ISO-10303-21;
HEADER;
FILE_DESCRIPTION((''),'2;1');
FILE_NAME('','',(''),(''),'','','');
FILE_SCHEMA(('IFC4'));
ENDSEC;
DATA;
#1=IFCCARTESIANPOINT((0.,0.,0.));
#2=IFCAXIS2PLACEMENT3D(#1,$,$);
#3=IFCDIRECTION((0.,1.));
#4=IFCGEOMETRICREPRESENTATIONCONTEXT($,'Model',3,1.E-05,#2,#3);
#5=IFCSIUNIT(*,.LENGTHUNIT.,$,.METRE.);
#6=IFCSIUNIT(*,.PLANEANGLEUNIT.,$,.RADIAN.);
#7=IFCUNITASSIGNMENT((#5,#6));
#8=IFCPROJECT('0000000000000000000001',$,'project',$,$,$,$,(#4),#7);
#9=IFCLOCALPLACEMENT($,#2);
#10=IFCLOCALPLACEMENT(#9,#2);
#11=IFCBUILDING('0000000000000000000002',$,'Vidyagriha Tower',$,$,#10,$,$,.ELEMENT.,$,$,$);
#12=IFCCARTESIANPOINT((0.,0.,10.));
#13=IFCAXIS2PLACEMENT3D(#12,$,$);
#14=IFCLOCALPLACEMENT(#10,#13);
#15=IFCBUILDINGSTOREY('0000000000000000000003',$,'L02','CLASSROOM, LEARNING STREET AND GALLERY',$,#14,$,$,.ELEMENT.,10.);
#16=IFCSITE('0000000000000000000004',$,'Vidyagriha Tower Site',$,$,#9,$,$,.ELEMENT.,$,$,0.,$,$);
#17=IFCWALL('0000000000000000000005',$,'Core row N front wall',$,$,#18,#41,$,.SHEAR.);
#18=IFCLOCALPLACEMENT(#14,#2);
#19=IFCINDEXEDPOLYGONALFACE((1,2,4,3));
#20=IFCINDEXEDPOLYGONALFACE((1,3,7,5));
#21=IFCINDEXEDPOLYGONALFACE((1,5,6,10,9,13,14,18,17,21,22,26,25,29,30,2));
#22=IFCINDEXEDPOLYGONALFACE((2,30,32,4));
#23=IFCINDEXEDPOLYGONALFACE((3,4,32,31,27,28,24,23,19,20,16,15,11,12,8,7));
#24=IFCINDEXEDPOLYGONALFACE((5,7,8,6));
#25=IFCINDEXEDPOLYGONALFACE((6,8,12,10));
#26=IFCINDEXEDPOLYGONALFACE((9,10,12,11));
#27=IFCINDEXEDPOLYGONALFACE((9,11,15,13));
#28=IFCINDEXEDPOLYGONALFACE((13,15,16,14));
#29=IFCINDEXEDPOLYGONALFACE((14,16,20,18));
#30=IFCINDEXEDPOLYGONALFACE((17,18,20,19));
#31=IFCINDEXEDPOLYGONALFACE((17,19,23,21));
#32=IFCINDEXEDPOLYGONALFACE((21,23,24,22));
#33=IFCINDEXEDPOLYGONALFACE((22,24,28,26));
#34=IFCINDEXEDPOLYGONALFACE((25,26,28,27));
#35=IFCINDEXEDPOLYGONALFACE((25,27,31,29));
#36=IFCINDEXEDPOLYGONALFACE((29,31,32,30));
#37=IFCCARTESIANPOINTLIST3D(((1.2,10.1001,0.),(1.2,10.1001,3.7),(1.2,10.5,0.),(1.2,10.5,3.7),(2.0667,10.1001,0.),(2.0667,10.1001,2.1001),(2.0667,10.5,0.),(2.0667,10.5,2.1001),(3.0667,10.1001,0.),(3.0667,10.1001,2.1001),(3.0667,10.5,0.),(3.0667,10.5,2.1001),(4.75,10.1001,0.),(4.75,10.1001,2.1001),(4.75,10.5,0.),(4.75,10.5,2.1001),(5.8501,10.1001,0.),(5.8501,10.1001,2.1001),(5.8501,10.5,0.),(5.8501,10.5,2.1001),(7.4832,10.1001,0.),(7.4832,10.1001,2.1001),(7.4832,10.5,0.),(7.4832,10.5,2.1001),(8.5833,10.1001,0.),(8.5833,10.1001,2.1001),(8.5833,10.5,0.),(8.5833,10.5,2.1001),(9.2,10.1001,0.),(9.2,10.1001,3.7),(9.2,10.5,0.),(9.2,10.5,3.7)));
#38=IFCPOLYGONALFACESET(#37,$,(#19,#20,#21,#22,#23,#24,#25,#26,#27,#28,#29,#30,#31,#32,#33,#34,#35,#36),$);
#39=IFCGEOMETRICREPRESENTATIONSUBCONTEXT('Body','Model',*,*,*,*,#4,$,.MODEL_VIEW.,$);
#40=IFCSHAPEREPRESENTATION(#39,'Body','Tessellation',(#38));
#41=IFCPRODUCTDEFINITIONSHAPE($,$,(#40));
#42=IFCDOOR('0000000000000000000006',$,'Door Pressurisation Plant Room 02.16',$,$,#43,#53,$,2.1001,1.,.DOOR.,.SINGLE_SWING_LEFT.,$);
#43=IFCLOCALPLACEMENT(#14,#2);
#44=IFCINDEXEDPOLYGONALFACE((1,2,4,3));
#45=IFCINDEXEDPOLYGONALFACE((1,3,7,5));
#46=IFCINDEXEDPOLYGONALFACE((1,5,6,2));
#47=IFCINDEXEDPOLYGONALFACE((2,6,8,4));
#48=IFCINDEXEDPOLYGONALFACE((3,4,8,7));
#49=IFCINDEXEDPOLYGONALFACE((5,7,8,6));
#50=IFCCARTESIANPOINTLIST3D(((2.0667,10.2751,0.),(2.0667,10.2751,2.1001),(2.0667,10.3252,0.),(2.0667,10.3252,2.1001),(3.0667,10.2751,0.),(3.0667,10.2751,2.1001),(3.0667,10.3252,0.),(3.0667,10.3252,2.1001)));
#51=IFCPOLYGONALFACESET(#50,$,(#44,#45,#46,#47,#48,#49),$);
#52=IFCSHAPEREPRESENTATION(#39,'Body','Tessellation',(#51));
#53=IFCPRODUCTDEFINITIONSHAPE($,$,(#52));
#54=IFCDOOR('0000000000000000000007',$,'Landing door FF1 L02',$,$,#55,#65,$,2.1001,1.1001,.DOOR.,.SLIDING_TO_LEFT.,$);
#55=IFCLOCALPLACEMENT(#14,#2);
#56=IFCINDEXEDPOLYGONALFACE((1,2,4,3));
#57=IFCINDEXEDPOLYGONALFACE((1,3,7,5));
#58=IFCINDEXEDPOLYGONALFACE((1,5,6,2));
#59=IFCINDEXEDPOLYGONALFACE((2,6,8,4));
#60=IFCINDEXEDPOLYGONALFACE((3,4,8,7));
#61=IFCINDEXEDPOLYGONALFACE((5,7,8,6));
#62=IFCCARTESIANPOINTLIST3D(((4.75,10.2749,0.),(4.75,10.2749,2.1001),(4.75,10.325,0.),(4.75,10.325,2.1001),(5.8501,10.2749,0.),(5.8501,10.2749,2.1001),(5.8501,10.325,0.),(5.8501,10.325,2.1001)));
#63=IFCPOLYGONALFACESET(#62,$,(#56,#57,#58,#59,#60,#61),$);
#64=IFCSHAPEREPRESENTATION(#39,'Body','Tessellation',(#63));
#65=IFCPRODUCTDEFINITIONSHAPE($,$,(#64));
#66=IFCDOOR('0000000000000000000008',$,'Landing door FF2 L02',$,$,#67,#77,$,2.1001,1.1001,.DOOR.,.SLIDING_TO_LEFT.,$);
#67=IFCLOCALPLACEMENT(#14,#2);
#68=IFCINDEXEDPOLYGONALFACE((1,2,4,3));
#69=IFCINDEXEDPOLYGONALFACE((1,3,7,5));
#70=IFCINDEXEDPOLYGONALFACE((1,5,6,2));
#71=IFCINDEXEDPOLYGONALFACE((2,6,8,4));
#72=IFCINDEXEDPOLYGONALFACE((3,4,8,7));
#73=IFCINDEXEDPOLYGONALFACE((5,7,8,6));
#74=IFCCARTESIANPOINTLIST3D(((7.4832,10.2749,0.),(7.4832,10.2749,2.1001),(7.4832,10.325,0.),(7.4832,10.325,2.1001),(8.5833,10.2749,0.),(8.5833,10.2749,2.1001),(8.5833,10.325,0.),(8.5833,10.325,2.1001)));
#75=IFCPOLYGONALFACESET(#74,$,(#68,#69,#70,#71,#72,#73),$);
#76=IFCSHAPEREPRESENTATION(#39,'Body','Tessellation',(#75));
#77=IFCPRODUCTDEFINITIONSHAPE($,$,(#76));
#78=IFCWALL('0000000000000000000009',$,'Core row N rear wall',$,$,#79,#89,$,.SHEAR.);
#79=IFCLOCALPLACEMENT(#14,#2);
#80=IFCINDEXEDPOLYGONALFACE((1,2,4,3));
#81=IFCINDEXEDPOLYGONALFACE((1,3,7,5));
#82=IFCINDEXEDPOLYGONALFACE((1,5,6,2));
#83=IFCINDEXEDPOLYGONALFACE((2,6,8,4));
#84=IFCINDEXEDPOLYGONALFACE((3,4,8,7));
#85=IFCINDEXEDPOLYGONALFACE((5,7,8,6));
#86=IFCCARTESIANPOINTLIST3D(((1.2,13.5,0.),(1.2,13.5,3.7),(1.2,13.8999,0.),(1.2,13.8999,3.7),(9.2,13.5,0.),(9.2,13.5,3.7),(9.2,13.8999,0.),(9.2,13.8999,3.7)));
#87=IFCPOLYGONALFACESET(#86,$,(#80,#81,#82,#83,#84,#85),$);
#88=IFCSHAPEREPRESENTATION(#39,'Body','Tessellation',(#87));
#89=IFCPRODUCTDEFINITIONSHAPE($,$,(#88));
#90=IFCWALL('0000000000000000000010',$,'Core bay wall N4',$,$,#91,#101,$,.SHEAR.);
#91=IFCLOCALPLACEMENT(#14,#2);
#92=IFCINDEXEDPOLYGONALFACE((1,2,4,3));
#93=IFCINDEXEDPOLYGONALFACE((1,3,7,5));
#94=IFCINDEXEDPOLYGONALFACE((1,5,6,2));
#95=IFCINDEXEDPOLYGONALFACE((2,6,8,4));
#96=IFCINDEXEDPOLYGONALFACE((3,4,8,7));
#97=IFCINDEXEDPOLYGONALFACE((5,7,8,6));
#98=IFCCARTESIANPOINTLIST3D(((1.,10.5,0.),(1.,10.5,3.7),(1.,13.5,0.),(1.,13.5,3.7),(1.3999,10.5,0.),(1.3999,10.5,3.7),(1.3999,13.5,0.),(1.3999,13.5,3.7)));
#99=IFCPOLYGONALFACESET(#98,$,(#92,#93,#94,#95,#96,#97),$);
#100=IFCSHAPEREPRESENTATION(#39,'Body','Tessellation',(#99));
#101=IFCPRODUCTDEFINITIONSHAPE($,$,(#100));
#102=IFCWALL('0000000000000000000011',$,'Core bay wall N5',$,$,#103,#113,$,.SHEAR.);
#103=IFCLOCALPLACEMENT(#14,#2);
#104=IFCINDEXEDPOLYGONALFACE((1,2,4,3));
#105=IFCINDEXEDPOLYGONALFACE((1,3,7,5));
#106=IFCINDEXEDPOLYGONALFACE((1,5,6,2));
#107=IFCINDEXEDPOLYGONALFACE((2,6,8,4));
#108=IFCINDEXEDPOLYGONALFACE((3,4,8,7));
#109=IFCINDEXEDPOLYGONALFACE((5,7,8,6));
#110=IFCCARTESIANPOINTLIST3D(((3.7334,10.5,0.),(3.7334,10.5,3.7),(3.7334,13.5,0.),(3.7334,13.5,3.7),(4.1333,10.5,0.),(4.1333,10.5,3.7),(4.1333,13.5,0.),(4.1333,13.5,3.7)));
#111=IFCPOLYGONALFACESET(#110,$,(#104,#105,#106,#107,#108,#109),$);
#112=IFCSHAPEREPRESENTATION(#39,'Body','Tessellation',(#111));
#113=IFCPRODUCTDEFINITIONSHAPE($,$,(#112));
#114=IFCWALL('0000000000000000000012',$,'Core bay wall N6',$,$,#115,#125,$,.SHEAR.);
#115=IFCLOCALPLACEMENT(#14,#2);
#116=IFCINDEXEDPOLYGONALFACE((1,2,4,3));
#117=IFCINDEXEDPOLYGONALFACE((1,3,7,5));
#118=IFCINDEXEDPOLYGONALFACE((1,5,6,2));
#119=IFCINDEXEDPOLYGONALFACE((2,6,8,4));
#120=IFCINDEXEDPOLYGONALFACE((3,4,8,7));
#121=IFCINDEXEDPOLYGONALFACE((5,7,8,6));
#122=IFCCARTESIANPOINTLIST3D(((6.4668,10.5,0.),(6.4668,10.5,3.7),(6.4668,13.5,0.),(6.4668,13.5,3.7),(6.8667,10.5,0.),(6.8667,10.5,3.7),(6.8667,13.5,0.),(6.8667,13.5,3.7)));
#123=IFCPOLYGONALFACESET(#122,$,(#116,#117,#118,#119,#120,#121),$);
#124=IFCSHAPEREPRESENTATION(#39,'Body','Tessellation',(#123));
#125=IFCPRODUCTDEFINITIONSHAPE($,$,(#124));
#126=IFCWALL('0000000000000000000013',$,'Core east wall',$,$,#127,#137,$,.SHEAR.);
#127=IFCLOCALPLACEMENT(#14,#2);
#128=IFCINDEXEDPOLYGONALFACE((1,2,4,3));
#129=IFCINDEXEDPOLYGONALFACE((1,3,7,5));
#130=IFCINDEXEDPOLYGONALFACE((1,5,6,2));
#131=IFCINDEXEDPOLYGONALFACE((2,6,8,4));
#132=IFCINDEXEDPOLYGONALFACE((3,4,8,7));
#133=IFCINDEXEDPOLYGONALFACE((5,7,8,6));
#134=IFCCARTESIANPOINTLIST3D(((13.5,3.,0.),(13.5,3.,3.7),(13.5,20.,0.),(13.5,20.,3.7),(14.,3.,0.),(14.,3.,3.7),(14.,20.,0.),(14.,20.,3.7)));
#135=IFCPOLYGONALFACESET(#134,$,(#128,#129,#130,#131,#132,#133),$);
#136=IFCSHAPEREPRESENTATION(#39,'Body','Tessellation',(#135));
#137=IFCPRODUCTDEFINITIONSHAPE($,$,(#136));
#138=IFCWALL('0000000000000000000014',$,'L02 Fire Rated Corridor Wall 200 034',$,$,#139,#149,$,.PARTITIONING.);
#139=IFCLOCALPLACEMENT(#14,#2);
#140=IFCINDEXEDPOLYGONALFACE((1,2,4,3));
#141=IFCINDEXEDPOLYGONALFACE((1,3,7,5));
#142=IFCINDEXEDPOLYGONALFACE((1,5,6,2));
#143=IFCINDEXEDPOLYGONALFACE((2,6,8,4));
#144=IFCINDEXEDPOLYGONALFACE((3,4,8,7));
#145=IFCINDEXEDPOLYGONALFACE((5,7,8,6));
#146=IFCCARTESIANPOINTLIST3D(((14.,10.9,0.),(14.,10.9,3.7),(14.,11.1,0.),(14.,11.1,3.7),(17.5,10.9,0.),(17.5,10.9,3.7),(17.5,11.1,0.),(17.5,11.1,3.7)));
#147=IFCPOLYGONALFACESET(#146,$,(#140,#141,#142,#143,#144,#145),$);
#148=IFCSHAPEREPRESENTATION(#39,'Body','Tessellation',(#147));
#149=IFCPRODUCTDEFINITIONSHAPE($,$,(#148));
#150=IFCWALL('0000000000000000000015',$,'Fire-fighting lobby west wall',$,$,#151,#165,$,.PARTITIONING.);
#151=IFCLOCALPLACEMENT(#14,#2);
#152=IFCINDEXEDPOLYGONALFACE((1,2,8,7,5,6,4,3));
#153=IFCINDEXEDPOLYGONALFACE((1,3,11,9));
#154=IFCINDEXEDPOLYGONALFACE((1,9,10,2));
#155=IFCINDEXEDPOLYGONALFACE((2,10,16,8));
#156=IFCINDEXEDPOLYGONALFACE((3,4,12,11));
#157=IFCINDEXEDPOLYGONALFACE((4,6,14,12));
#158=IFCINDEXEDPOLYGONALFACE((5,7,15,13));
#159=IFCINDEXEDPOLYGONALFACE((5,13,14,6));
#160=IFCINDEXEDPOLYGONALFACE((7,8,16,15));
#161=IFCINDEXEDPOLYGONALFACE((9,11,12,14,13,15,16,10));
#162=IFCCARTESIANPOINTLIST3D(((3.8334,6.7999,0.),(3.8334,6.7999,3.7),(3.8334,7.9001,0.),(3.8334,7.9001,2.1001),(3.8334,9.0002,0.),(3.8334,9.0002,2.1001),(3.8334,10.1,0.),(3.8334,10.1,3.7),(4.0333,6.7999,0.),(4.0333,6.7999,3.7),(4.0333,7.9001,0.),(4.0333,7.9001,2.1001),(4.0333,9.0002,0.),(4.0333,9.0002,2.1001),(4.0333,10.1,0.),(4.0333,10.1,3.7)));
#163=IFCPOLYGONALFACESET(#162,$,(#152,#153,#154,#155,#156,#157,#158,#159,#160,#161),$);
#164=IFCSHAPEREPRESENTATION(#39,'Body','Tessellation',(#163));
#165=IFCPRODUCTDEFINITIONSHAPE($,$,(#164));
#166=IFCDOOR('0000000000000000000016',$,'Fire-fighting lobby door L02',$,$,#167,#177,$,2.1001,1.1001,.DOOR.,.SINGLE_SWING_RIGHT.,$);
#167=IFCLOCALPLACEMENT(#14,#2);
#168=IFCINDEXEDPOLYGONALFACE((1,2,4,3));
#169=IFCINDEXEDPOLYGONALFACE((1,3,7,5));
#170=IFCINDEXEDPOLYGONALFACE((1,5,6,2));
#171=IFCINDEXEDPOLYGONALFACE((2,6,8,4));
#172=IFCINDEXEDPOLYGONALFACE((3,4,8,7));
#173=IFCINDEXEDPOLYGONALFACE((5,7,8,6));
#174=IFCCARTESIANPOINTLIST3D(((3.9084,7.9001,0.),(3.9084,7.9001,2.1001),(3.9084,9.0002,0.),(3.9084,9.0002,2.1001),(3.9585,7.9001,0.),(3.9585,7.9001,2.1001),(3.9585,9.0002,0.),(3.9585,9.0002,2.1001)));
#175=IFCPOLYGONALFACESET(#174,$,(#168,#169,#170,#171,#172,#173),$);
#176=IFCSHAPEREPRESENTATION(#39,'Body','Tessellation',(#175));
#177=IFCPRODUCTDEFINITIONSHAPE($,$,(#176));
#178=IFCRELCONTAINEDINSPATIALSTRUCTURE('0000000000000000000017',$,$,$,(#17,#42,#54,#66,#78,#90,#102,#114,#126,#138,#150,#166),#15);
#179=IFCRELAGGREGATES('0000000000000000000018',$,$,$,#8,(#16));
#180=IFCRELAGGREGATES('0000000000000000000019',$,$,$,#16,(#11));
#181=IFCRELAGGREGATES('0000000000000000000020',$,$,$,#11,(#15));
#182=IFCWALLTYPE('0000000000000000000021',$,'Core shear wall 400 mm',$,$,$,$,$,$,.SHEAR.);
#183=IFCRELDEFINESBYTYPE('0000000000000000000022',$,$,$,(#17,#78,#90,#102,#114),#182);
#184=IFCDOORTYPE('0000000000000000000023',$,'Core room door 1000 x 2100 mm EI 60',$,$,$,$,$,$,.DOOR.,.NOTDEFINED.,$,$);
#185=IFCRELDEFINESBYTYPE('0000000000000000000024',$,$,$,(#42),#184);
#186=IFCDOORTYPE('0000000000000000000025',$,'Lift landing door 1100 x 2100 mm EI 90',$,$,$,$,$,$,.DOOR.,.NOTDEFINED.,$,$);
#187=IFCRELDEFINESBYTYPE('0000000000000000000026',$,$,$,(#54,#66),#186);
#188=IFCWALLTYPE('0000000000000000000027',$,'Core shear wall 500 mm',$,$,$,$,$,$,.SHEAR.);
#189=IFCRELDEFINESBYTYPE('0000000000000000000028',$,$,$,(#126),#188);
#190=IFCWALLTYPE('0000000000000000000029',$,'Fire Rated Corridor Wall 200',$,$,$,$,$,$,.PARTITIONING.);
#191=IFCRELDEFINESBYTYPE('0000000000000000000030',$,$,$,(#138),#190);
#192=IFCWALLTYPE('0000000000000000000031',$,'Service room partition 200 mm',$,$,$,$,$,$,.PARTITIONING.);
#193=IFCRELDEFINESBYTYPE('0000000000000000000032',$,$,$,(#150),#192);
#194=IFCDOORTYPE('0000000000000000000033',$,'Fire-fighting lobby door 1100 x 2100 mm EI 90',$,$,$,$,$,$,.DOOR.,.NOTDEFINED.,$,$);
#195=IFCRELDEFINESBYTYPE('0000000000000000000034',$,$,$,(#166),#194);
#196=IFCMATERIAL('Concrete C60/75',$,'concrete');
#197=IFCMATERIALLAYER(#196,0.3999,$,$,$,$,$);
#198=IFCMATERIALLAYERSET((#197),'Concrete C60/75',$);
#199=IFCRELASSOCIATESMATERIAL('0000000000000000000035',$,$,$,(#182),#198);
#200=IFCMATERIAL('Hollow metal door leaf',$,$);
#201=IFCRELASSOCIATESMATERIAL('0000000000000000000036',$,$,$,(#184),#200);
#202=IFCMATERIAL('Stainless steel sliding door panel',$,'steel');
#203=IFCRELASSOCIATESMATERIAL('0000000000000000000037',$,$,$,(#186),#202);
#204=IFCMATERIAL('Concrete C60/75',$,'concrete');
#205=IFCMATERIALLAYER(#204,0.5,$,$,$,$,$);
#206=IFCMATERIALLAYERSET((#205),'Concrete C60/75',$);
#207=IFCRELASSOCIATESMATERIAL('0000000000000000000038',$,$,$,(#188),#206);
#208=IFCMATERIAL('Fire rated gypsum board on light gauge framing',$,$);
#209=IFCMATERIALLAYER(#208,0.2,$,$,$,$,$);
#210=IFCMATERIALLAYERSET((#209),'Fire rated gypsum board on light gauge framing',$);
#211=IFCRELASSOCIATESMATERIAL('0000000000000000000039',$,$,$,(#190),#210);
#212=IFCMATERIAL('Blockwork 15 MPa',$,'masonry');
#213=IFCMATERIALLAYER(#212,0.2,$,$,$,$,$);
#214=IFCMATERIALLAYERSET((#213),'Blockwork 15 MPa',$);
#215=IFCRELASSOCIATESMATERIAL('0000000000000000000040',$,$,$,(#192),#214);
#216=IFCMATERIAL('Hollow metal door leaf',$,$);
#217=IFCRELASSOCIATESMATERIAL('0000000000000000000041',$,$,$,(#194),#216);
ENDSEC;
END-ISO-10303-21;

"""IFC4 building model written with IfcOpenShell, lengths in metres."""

from ifc_helpers import new_model, si_unit, direction, frame, frame_2d, origin, place, context, subcontext, project, spatial, rectangle, extrude, material, layer, layer_set, type_object, element, fill, save


model = new_model("IFC4")

# Units and contexts
model_context = context("Model", 3, precision=1e-05, world=origin(), true_north=direction((0.0, 1.0)))
body_context = subcontext(model_context, "Body", "Model", "MODEL_VIEW")
ifc_project = project(units=[si_unit("LENGTHUNIT", "METRE"), si_unit("PLANEANGLEUNIT", "RADIAN")], contexts=[model_context])

# Site, building, storey
site_placement = place(None, origin())
site = spatial("IfcSite", under=ifc_project, at=site_placement, Name="Vidyagriha Tower Site", CompositionType="ELEMENT", RefElevation=0.0)
building_placement = place(site_placement, origin())
building = spatial("IfcBuilding", under=site, at=building_placement, Name="Vidyagriha Tower", CompositionType="ELEMENT")
storey_placement = place(building_placement, frame((0.0, 0.0, 10.0)))
storey = spatial("IfcBuildingStorey", under=building, at=storey_placement, Name="L02", Description="CLASSROOM, LEARNING STREET AND GALLERY", CompositionType="ELEMENT", Elevation=10.0)

# Shared definitions
ifc_material_1 = material(Name="Concrete C60/75", Category="concrete")
ifc_layer_1 = layer(ifc_material_1, 0.3999)
ifc_layer_set_1 = layer_set([ifc_layer_1], Name="Concrete C60/75")
wall_type_1 = type_object("IfcWallType", Name="Core shear wall 400 mm", PredefinedType="SHEAR", material=ifc_layer_set_1)
ifc_material_2 = material(Name="Hollow metal door leaf")
door_type_1 = type_object("IfcDoorType", Name="Core room door 1000 x 2100 mm EI 60", OperationType="NOTDEFINED", PredefinedType="DOOR", material=ifc_material_2)

# Wall, openings, doors
wall_1_placement = place(storey_placement, frame((1.2, 10.3, 0.0)))
wall_1 = element("IfcWall", 1, at=wall_1_placement, inside=storey, type_object=wall_type_1, Name="Core row N front wall", PredefinedType="SHEAR", context=body_context, shape_type="SweptSolid", body=[
    extrude(rectangle(XDim=8.0, YDim=0.3999, at=frame_2d((4.0, 0.0))), origin(), (0.0, 0.0, 1.0), 3.7),
])
opening_1_placement = place(wall_1_placement, frame((3.55, 0.0, 0.0)))
opening_1 = element("IfcOpeningElement", 2, at=opening_1_placement, cuts=wall_1, PredefinedType="OPENING", context=body_context, shape_type="SweptSolid", body=[
    extrude(rectangle(XDim=1.1001, YDim=2.1001, at=frame_2d((0.55, 1.05))), frame((0.0, 0.21, 0.0), z_axis=(0.0, -1.0, 0.0), x_axis=(1.0, 0.0, 0.0)), (0.0, 0.0, 1.0), 0.4199),
])
opening_2_placement = place(wall_1_placement, frame((6.2832, 0.0, 0.0)))
opening_2 = element("IfcOpeningElement", 3, at=opening_2_placement, cuts=wall_1, PredefinedType="OPENING", context=body_context, shape_type="SweptSolid", body=[
    extrude(rectangle(XDim=1.1001, YDim=2.1001, at=frame_2d((0.55, 1.05))), frame((0.0, 0.21, 0.0), z_axis=(0.0, -1.0, 0.0), x_axis=(1.0, 0.0, 0.0)), (0.0, 0.0, 1.0), 0.4199),
])
opening_3_placement = place(wall_1_placement, frame((0.8667, 0.0, 0.0)))
opening_3 = element("IfcOpeningElement", 4, at=opening_3_placement, cuts=wall_1, PredefinedType="OPENING", context=body_context, shape_type="SweptSolid", body=[
    extrude(rectangle(XDim=1.0, YDim=2.1001, at=frame_2d((0.5, 1.05))), frame((0.0, 0.21, 0.0), z_axis=(0.0, -1.0, 0.0), x_axis=(1.0, 0.0, 0.0)), (0.0, 0.0, 1.0), 0.4199),
])
door_1_placement = place(opening_3_placement, frame((1.0, 0.0, 0.0), z_axis=(0.0, 0.0, 1.0), x_axis=(-1.0, 0.0, 0.0)))
door_1 = element("IfcDoor", 5, at=door_1_placement, inside=storey, type_object=door_type_1, Name="Door Pressurisation Plant Room 02.16", OperationType="SINGLE_SWING_LEFT", OverallHeight=2.1001, OverallWidth=1.0, PredefinedType="DOOR", context=body_context, shape_type="SweptSolid", body=[
    extrude(rectangle(XDim=1.0, YDim=2.1001, at=frame_2d((0.5, 1.05))), frame((0.0, 0.0249, 0.0), z_axis=(0.0, -1.0, 0.0), x_axis=(1.0, 0.0, 0.0)), (0.0, 0.0, 1.0), 0.05),
])
fill(opening_3, door_1)
ifc_material_3 = material(Name="Stainless steel sliding door panel", Category="steel")
door_type_2 = type_object("IfcDoorType", Name="Lift landing door 1100 x 2100 mm EI 90", OperationType="NOTDEFINED", PredefinedType="DOOR", material=ifc_material_3)
door_2_placement = place(opening_1_placement, origin())
door_2 = element("IfcDoor", 6, at=door_2_placement, inside=storey, type_object=door_type_2, Name="Landing door FF1 L02", OperationType="SLIDING_TO_LEFT", OverallHeight=2.1001, OverallWidth=1.1001, PredefinedType="DOOR", context=body_context, shape_type="SweptSolid", body=[
    extrude(rectangle(XDim=1.1001, YDim=2.1001, at=frame_2d((0.55, 1.05))), frame((0.0, 0.0249, 0.0), z_axis=(0.0, -1.0, 0.0), x_axis=(1.0, 0.0, 0.0)), (0.0, 0.0, 1.0), 0.05),
])
fill(opening_1, door_2)
door_3_placement = place(opening_2_placement, origin())
door_3 = element("IfcDoor", 7, at=door_3_placement, inside=storey, type_object=door_type_2, Name="Landing door FF2 L02", OperationType="SLIDING_TO_LEFT", OverallHeight=2.1001, OverallWidth=1.1001, PredefinedType="DOOR", context=body_context, shape_type="SweptSolid", body=[
    extrude(rectangle(XDim=1.1001, YDim=2.1001, at=frame_2d((0.55, 1.05))), frame((0.0, 0.0249, 0.0), z_axis=(0.0, -1.0, 0.0), x_axis=(1.0, 0.0, 0.0)), (0.0, 0.0, 1.0), 0.05),
])
fill(opening_2, door_3)

# Walls
wall_2_placement = place(storey_placement, frame((1.2, 13.7, 0.0)))
element("IfcWall", 8, at=wall_2_placement, inside=storey, type_object=wall_type_1, Name="Core row N rear wall", PredefinedType="SHEAR", context=body_context, shape_type="SweptSolid", body=[
    extrude(rectangle(XDim=8.0, YDim=0.3999, at=frame_2d((4.0, 0.0))), origin(), (0.0, 0.0, 1.0), 3.7),
])
for number, where, z_axis, x_axis, name in (
    (9, (1.2, 10.5, 0.0), (0.0, 0.0, 1.0), (0.0, 1.0, 0.0), "Core bay wall N4"),
    (10, (3.9333, 10.5, 0.0), (0.0, 0.0, 1.0), (0.0, 1.0, 0.0), "Core bay wall N5"),
    (11, (6.6667, 10.5, 0.0), (0.0, 0.0, 1.0), (0.0, 1.0, 0.0), "Core bay wall N6"),
):
    element("IfcWall", number, at=place(storey_placement, frame(where, z_axis=z_axis, x_axis=x_axis)), inside=storey, type_object=wall_type_1, Name=name, PredefinedType="SHEAR", context=body_context, shape_type="SweptSolid", body=[
        extrude(rectangle(XDim=3.0, YDim=0.3999, at=frame_2d((1.5, 0.0))), origin(), (0.0, 0.0, 1.0), 3.7),
    ])
ifc_material_4 = material(Name="Concrete C60/75", Category="concrete")
ifc_layer_2 = layer(ifc_material_4, 0.5)
ifc_layer_set_2 = layer_set([ifc_layer_2], Name="Concrete C60/75")
wall_type_2 = type_object("IfcWallType", Name="Core shear wall 500 mm", PredefinedType="SHEAR", material=ifc_layer_set_2)
wall_3_placement = place(storey_placement, frame((13.75, 3.0, 0.0), z_axis=(0.0, 0.0, 1.0), x_axis=(0.0, 1.0, 0.0)))
element("IfcWall", 12, at=wall_3_placement, inside=storey, type_object=wall_type_2, Name="Core east wall", PredefinedType="SHEAR", context=body_context, shape_type="SweptSolid", body=[
    extrude(rectangle(XDim=17.0, YDim=0.5, at=frame_2d((8.5, 0.0))), origin(), (0.0, 0.0, 1.0), 3.7),
])
ifc_material_5 = material(Name="Fire rated gypsum board on light gauge framing")
ifc_layer_3 = layer(ifc_material_5, 0.2)
ifc_layer_set_3 = layer_set([ifc_layer_3], Name="Fire rated gypsum board on light gauge framing")
wall_type_3 = type_object("IfcWallType", Name="Fire Rated Corridor Wall 200", PredefinedType="PARTITIONING", material=ifc_layer_set_3)
wall_4_placement = place(storey_placement, frame((14.0, 11.0, 0.0)))
element("IfcWall", 13, at=wall_4_placement, inside=storey, type_object=wall_type_3, Name="L02 Fire Rated Corridor Wall 200 034", PredefinedType="PARTITIONING", context=body_context, shape_type="SweptSolid", body=[
    extrude(rectangle(XDim=3.5, YDim=0.2, at=frame_2d((1.75, 0.0))), origin(), (0.0, 0.0, 1.0), 3.7),
])

# Wall, opening, door
ifc_material_6 = material(Name="Blockwork 15 MPa", Category="masonry")
ifc_layer_4 = layer(ifc_material_6, 0.2)
ifc_layer_set_4 = layer_set([ifc_layer_4], Name="Blockwork 15 MPa")
wall_type_4 = type_object("IfcWallType", Name="Service room partition 200 mm", PredefinedType="PARTITIONING", material=ifc_layer_set_4)
wall_5_placement = place(storey_placement, frame((3.9333, 6.8, 0.0), z_axis=(0.0, 0.0, 1.0), x_axis=(0.0, 1.0, 0.0)))
wall_5 = element("IfcWall", 14, at=wall_5_placement, inside=storey, type_object=wall_type_4, Name="Fire-fighting lobby west wall", PredefinedType="PARTITIONING", context=body_context, shape_type="SweptSolid", body=[
    extrude(rectangle(XDim=3.3, YDim=0.2, at=frame_2d((1.6499, 0.0))), origin(), (0.0, 0.0, 1.0), 3.7),
])
opening_4_placement = place(wall_5_placement, frame((1.1001, 0.0, 0.0)))
opening_4 = element("IfcOpeningElement", 15, at=opening_4_placement, cuts=wall_5, PredefinedType="OPENING", context=body_context, shape_type="SweptSolid", body=[
    extrude(rectangle(XDim=1.1001, YDim=2.1001, at=frame_2d((0.55, 1.05))), frame((0.0, 0.1099, 0.0), z_axis=(0.0, -1.0, 0.0), x_axis=(1.0, 0.0, 0.0)), (0.0, 0.0, 1.0), 0.22),
])
ifc_material_7 = material(Name="Hollow metal door leaf")
door_type_3 = type_object("IfcDoorType", Name="Fire-fighting lobby door 1100 x 2100 mm EI 90", OperationType="NOTDEFINED", PredefinedType="DOOR", material=ifc_material_7)
door_4_placement = place(opening_4_placement, origin())
door_4 = element("IfcDoor", 16, at=door_4_placement, inside=storey, type_object=door_type_3, Name="Fire-fighting lobby door L02", OperationType="SINGLE_SWING_RIGHT", OverallHeight=2.1001, OverallWidth=1.1001, PredefinedType="DOOR", context=body_context, shape_type="SweptSolid", body=[
    extrude(rectangle(XDim=1.1001, YDim=2.1001, at=frame_2d((0.55, 1.05))), frame((0.0, 0.0249, 0.0), z_axis=(0.0, -1.0, 0.0), x_axis=(1.0, 0.0, 0.0)), (0.0, 0.0, 1.0), 0.05),
])
fill(opening_4, door_4)

save(model, "model.ifc")
